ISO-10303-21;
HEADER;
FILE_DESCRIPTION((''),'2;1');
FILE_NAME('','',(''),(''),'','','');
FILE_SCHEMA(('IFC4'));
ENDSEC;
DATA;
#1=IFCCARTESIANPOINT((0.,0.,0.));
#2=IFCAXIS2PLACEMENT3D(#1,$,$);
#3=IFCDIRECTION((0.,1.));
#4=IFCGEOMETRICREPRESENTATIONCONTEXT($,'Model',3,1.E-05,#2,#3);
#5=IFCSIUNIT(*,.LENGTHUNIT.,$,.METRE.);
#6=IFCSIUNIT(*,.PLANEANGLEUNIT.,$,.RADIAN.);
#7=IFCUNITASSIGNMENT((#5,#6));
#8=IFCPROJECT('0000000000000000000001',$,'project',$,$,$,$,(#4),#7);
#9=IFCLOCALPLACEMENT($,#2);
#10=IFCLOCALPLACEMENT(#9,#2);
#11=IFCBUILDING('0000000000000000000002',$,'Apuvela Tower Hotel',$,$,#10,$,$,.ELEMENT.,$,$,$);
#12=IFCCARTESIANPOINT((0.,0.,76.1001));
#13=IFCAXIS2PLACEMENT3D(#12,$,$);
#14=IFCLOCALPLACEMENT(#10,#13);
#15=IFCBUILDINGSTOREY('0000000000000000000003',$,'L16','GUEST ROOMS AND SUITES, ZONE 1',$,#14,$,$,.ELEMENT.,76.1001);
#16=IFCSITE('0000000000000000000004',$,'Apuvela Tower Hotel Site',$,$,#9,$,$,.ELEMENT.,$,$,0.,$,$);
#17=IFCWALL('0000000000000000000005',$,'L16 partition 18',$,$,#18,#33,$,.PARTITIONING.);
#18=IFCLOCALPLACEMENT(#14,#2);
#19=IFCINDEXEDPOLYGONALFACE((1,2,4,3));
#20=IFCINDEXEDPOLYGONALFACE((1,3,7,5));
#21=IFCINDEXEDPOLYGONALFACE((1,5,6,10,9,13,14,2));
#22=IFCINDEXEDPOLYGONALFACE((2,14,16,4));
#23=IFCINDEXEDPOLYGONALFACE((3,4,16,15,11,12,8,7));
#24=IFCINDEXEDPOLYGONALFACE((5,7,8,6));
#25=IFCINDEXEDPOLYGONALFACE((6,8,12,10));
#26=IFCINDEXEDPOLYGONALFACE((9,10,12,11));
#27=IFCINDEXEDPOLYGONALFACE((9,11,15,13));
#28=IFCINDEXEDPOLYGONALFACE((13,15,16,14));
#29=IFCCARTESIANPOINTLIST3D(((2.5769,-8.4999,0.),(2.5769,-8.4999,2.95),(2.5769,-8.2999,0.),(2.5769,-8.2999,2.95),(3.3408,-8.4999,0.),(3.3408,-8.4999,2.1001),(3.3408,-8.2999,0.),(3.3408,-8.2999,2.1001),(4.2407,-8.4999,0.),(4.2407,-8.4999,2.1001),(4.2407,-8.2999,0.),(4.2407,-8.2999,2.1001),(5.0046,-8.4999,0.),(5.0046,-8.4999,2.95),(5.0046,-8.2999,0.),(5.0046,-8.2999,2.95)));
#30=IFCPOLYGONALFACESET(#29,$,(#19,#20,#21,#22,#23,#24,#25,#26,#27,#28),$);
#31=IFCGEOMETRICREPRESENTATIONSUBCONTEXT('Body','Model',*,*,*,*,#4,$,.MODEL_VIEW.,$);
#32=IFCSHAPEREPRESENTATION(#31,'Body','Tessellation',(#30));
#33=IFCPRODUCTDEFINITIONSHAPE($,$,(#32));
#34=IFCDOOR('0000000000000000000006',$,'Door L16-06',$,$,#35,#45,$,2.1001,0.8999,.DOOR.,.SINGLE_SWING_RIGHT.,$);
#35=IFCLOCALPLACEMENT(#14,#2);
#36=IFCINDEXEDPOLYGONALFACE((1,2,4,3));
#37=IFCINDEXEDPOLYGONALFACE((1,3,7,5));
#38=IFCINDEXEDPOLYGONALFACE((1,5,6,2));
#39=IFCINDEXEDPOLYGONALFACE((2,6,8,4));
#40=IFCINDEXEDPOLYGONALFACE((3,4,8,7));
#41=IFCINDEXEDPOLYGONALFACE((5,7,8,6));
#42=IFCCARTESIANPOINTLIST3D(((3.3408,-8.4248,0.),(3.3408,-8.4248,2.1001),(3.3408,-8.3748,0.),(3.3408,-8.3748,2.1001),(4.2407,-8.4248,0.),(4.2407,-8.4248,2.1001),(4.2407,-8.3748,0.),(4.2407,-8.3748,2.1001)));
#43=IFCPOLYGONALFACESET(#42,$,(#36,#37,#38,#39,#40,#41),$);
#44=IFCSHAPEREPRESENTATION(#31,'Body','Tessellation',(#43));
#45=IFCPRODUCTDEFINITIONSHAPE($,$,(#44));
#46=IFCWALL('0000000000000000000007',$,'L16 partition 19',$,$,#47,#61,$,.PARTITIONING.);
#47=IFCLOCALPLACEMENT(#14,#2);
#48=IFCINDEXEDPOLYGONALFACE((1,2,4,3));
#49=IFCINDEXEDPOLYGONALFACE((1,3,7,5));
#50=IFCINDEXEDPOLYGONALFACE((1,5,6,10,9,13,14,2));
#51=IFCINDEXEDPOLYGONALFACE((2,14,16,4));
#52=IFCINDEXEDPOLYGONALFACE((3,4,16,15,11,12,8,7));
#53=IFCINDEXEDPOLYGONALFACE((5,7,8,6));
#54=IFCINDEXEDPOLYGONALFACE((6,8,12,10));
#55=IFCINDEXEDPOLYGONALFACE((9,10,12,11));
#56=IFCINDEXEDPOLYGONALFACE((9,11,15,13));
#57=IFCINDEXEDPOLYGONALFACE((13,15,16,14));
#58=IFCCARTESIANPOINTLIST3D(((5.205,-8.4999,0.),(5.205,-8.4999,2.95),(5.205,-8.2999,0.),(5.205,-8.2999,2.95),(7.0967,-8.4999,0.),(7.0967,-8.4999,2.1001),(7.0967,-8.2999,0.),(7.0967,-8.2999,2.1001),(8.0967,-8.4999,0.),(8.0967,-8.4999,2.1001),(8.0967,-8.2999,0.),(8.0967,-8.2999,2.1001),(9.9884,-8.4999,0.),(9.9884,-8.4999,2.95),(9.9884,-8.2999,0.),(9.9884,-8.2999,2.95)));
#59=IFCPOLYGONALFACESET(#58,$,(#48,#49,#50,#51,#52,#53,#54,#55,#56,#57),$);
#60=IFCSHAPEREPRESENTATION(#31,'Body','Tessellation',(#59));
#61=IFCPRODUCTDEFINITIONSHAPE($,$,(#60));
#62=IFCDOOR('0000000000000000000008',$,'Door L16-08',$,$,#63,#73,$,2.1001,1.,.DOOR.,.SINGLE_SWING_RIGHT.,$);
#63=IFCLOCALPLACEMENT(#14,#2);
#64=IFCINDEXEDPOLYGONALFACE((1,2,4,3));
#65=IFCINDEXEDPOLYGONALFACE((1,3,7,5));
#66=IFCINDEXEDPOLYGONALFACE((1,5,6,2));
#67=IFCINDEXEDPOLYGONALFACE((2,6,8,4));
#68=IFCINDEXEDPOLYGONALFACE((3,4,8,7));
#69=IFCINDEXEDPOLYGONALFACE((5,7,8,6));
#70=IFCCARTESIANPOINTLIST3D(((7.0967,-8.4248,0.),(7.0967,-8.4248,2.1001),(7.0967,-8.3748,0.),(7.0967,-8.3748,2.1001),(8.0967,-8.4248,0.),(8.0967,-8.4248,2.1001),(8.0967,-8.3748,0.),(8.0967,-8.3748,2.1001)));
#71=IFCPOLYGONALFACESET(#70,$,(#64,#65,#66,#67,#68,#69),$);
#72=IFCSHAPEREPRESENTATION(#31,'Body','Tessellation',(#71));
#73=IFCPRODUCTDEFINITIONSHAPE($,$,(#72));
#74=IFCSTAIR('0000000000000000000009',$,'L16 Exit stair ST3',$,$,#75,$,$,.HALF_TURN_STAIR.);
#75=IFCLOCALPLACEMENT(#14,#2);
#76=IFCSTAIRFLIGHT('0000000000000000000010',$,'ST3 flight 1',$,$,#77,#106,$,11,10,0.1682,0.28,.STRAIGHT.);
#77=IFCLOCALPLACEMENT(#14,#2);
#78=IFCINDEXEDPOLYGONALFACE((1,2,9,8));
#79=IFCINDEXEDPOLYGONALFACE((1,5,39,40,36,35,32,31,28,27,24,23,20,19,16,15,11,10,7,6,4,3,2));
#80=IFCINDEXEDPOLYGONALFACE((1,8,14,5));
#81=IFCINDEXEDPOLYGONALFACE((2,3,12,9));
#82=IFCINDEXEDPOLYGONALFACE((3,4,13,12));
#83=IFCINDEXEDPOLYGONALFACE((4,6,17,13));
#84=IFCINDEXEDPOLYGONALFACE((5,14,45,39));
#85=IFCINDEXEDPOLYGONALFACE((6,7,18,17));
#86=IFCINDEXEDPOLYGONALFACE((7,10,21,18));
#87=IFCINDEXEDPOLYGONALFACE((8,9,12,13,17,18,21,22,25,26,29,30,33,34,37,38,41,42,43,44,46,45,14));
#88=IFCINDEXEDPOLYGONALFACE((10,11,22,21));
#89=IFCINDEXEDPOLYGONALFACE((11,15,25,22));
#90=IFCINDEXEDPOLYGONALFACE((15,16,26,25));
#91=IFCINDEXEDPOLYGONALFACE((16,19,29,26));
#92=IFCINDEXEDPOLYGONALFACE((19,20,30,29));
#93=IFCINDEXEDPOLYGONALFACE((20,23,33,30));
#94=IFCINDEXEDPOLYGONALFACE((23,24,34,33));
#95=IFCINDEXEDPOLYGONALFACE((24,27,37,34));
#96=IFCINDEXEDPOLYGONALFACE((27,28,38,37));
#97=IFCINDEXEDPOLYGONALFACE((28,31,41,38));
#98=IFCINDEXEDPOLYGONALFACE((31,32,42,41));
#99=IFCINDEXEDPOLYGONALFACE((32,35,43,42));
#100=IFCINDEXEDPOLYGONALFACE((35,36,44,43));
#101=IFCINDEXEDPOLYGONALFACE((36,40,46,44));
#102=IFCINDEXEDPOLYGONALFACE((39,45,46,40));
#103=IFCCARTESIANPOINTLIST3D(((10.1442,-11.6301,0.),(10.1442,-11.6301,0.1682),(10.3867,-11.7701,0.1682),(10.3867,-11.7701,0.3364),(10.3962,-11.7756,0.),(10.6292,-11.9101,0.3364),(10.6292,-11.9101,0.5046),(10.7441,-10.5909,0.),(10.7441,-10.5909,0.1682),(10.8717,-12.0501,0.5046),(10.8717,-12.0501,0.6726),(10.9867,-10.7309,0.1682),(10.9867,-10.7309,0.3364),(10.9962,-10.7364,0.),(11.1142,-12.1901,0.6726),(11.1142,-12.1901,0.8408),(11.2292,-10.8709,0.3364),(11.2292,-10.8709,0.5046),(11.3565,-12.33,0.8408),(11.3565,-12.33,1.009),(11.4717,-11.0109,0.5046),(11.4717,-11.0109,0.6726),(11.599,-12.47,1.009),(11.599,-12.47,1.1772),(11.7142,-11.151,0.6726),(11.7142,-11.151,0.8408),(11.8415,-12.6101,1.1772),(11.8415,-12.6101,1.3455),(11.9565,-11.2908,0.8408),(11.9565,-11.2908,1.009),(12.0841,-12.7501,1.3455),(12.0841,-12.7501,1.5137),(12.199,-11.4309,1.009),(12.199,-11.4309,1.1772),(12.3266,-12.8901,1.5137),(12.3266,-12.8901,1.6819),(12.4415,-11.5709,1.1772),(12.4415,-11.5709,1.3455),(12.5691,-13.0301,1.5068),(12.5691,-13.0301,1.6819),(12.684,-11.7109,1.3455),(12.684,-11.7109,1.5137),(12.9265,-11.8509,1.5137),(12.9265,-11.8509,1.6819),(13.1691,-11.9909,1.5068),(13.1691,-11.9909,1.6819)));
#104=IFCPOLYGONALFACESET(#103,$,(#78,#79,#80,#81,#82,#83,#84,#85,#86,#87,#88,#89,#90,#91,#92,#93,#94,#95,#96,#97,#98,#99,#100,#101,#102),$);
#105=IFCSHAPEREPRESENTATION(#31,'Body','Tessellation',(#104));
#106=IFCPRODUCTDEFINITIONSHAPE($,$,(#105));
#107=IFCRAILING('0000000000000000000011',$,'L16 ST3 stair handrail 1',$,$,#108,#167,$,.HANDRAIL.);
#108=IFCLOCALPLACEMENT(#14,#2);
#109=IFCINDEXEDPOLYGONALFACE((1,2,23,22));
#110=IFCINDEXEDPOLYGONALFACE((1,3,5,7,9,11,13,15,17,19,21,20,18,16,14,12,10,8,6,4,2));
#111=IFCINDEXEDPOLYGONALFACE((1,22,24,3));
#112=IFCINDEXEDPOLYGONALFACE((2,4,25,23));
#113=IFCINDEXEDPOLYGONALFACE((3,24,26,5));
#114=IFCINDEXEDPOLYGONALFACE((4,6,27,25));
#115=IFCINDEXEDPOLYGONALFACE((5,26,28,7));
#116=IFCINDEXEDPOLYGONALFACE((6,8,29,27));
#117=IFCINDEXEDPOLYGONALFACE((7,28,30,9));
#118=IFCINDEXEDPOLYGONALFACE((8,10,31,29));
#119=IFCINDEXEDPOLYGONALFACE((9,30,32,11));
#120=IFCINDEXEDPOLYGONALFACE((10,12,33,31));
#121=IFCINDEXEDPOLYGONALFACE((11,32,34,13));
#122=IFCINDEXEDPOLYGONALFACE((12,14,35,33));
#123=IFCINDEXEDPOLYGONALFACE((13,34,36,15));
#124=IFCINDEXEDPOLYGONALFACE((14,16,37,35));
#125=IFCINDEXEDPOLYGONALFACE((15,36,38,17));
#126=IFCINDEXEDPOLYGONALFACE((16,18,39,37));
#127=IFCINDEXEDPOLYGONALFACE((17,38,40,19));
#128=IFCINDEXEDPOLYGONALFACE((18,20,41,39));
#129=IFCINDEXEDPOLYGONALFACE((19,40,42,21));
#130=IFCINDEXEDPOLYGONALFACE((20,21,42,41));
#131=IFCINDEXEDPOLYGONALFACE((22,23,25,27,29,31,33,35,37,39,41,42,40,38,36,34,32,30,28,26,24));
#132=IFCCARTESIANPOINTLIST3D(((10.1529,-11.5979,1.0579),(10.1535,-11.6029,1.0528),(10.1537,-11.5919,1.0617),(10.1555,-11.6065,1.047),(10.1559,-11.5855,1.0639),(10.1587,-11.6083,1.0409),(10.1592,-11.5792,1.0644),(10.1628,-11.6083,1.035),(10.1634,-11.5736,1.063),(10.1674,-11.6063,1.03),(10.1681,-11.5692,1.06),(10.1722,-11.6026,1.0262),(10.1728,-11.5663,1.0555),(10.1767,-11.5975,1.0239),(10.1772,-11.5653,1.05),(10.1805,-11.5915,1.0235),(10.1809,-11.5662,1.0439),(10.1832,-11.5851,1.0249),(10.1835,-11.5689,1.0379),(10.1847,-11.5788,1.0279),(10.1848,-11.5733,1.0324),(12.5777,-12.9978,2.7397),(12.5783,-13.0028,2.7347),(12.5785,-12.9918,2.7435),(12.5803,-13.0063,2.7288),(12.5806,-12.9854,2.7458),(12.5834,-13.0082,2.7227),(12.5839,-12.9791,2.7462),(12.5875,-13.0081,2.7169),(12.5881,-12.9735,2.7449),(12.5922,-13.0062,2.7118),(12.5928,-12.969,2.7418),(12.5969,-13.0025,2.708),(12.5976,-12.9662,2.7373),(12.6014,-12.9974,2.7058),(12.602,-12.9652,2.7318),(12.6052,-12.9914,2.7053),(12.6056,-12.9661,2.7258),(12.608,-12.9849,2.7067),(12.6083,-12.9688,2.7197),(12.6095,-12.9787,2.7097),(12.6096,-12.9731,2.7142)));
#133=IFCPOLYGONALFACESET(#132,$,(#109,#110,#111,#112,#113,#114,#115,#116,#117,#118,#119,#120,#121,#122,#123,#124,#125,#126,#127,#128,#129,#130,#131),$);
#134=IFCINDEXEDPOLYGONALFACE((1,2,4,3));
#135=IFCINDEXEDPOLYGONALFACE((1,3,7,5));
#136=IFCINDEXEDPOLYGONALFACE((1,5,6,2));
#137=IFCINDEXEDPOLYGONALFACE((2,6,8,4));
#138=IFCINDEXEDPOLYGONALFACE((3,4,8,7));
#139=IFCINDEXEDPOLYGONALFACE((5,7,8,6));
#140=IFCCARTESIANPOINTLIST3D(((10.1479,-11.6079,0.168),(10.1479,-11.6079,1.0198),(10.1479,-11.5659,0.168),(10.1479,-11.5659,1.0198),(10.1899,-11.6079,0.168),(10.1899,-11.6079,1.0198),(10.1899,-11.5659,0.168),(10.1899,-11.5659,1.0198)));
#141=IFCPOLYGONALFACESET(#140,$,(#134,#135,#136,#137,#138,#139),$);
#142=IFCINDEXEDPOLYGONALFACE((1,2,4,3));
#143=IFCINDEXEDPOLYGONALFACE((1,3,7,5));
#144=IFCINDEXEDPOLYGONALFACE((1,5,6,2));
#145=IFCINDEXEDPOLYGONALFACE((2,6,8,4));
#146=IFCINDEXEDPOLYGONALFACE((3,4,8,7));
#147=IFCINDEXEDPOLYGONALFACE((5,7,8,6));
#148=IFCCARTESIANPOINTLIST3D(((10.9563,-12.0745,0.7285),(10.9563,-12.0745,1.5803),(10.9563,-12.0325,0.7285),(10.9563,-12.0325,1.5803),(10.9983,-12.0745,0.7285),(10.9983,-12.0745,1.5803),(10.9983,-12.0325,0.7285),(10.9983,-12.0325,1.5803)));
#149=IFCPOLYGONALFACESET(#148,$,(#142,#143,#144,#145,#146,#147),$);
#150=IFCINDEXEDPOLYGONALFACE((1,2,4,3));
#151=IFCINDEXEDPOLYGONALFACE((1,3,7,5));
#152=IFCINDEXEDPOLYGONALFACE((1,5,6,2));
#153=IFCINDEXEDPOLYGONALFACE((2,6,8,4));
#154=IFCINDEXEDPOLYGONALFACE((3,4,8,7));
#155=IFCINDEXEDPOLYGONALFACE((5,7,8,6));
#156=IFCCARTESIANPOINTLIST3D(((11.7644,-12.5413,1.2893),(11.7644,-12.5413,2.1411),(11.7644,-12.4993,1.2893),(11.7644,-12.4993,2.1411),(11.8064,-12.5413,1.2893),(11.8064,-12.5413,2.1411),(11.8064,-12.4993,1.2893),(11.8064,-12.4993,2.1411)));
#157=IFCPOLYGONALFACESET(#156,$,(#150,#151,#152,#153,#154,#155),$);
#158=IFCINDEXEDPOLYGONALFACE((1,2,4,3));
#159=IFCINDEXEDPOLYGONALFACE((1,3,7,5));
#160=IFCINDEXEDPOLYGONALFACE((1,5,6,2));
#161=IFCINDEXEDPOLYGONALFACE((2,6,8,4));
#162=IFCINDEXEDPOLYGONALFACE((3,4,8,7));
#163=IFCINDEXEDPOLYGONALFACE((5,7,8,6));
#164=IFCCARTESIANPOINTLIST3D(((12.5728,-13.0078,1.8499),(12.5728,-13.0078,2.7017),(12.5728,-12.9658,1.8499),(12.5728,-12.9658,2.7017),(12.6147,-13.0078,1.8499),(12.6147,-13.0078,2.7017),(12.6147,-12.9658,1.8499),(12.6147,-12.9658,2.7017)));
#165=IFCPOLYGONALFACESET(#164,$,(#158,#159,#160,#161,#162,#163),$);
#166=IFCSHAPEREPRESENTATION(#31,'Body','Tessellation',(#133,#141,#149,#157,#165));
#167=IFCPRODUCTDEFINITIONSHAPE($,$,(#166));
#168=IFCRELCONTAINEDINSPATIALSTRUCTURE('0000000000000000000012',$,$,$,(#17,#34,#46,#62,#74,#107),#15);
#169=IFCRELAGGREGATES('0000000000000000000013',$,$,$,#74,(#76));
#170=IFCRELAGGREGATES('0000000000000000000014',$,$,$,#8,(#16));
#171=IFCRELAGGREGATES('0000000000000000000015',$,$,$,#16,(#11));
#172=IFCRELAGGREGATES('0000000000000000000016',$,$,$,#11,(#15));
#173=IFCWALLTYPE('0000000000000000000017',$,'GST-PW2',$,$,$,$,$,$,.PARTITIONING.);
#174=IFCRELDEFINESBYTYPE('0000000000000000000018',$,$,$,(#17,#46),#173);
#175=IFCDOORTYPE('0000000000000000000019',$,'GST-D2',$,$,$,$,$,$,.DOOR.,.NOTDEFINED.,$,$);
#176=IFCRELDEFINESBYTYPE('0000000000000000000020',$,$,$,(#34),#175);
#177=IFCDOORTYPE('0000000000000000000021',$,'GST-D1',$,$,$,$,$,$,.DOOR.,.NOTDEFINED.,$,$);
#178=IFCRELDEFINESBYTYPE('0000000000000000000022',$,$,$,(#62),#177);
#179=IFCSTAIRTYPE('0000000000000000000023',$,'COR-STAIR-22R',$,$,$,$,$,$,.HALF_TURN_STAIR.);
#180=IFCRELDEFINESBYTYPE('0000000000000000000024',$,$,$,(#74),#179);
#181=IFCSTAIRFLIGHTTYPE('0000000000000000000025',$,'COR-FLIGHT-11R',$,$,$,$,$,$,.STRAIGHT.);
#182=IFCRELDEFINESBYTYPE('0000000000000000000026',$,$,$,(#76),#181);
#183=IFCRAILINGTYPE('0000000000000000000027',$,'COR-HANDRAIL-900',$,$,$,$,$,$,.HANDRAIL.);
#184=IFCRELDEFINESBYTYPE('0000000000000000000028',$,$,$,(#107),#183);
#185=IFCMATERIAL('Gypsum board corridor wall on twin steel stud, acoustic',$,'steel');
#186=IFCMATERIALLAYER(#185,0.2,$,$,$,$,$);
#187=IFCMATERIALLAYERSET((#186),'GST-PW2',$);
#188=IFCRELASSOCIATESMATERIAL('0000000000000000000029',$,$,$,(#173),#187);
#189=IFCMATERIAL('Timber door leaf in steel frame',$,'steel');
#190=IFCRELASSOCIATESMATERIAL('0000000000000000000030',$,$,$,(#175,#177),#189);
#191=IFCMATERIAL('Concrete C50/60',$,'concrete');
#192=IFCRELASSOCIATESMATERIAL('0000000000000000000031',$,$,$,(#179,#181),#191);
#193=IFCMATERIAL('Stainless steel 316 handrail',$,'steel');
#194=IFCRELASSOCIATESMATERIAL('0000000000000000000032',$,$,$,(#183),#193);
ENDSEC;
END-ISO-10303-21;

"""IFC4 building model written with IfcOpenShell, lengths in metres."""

from ifc_helpers import new_model, si_unit, direction, frame, frame_2d, origin, origin_2d, place, context, subcontext, project, spatial, polyline, rectangle, circle, outline, extrude, material, layer, layer_set, type_object, element, fill, aggregate, save


model = new_model("IFC4")

# Units and contexts
model_context = context("Model", 3, precision=1e-05, world=origin(), true_north=direction((0.0, 1.0)))
body_context = subcontext(model_context, "Body", "Model", "MODEL_VIEW")
ifc_project = project(units=[si_unit("LENGTHUNIT", "METRE"), si_unit("PLANEANGLEUNIT", "RADIAN")], contexts=[model_context])

# Site, building, storey
site_placement = place(None, origin())
site = spatial("IfcSite", under=ifc_project, at=site_placement, Name="Apuvela Tower Hotel Site", CompositionType="ELEMENT", RefElevation=0.0)
building_placement = place(site_placement, origin())
building = spatial("IfcBuilding", under=site, at=building_placement, Name="Apuvela Tower Hotel", CompositionType="ELEMENT")
storey_placement = place(building_placement, frame((0.0, 0.0, 76.1001)))
storey = spatial("IfcBuildingStorey", under=building, at=storey_placement, Name="L16", Description="GUEST ROOMS AND SUITES, ZONE 1", CompositionType="ELEMENT", Elevation=76.1001)

# Shared definitions
ifc_material_1 = material(Name="Concrete C50/60", Category="concrete")

# Walls, openings, doors
ifc_material_2 = material(Name="Gypsum board corridor wall on twin steel stud, acoustic", Category="steel")
ifc_layer_1 = layer(ifc_material_2, 0.2)
ifc_layer_set_1 = layer_set([ifc_layer_1], Name="GST-PW2")
wall_type_1 = type_object("IfcWallType", Name="GST-PW2", PredefinedType="PARTITIONING", material=ifc_layer_set_1)
ifc_material_3 = material(Name="Timber door leaf in steel frame", Category="steel")
door_type_1 = type_object("IfcDoorType", Name="GST-D2", OperationType="NOTDEFINED", PredefinedType="DOOR", material=ifc_material_3)
wall_1_placement = place(storey_placement, frame((5.0046, -8.3999, 0.0), z_axis=(0.0, 0.0, 1.0), x_axis=(-1.0, 0.0, 0.0)))
wall_1 = element("IfcWall", 1, at=wall_1_placement, inside=storey, type_object=wall_type_1, Name="L16 partition 18", PredefinedType="PARTITIONING", context=body_context, shape_type="SweptSolid", body=[
    extrude(rectangle(XDim=2.4277, YDim=0.2, at=frame_2d((1.2139, 0.0))), origin(), (0.0, 0.0, 1.0), 2.95),
])
opening_1_placement = place(wall_1_placement, frame((0.7639, 0.0, 0.0)))
opening_1 = element("IfcOpeningElement", 2, at=opening_1_placement, cuts=wall_1, PredefinedType="OPENING", context=body_context, shape_type="SweptSolid", body=[
    extrude(rectangle(XDim=0.8999, YDim=2.1001, at=frame_2d((0.45, 1.05))), frame((0.0, 0.1099, 0.0), z_axis=(0.0, -1.0, 0.0), x_axis=(1.0, 0.0, 0.0)), (0.0, 0.0, 1.0), 0.22),
])
door_1_placement = place(opening_1_placement, origin())
door_1 = element("IfcDoor", 3, at=door_1_placement, inside=storey, type_object=door_type_1, Name="Door L16-06", OperationType="SINGLE_SWING_RIGHT", OverallHeight=2.1001, OverallWidth=0.8999, PredefinedType="DOOR", context=body_context, shape_type="SweptSolid", body=[
    extrude(rectangle(XDim=0.8999, YDim=2.1001, at=frame_2d((0.45, 1.05))), frame((0.0, 0.0249, 0.0), z_axis=(0.0, -1.0, 0.0), x_axis=(1.0, 0.0, 0.0)), (0.0, 0.0, 1.0), 0.05),
])
fill(opening_1, door_1)
wall_2_placement = place(storey_placement, frame((9.9883, -8.3999, 0.0), z_axis=(0.0, 0.0, 1.0), x_axis=(-1.0, 0.0, 0.0)))
wall_2 = element("IfcWall", 4, at=wall_2_placement, inside=storey, type_object=wall_type_1, Name="L16 partition 19", PredefinedType="PARTITIONING", context=body_context, shape_type="SweptSolid", body=[
    extrude(rectangle(XDim=4.7834, YDim=0.2, at=frame_2d((2.3916, 0.0))), origin(), (0.0, 0.0, 1.0), 2.95),
])
opening_2_placement = place(wall_2_placement, frame((1.8916, 0.0, 0.0)))
opening_2 = element("IfcOpeningElement", 5, at=opening_2_placement, cuts=wall_2, PredefinedType="OPENING", context=body_context, shape_type="SweptSolid", body=[
    extrude(rectangle(XDim=1.0, YDim=2.1001, at=frame_2d((0.5, 1.05))), frame((0.0, 0.1099, 0.0), z_axis=(0.0, -1.0, 0.0), x_axis=(1.0, 0.0, 0.0)), (0.0, 0.0, 1.0), 0.22),
])
door_type_2 = type_object("IfcDoorType", Name="GST-D1", OperationType="NOTDEFINED", PredefinedType="DOOR", material=ifc_material_3)
door_2_placement = place(opening_2_placement, origin())
door_2 = element("IfcDoor", 6, at=door_2_placement, inside=storey, type_object=door_type_2, Name="Door L16-08", OperationType="SINGLE_SWING_RIGHT", OverallHeight=2.1001, OverallWidth=1.0, PredefinedType="DOOR", context=body_context, shape_type="SweptSolid", body=[
    extrude(rectangle(XDim=1.0, YDim=2.1001, at=frame_2d((0.5, 1.05))), frame((0.0, 0.0249, 0.0), z_axis=(0.0, -1.0, 0.0), x_axis=(1.0, 0.0, 0.0)), (0.0, 0.0, 1.0), 0.05),
])
fill(opening_2, door_2)

# Stair, stair flight
stair_type = type_object("IfcStairType", Name="COR-STAIR-22R", PredefinedType="HALF_TURN_STAIR", material=ifc_material_1)
stair_placement = place(storey_placement, origin())
stair = element("IfcStair", 7, at=stair_placement, inside=storey, type_object=stair_type, Name="L16 Exit stair ST3", PredefinedType="HALF_TURN_STAIR")
stair_flight_type = type_object("IfcStairFlightType", Name="COR-FLIGHT-11R", PredefinedType="STRAIGHT", material=ifc_material_1)
stair_flight_placement = place(storey_placement, frame((10.4441, -11.1106, 0.0), z_axis=(0.0, 0.0, 1.0), x_axis=(0.866025, -0.5, 0.0)))
stair_flight = element("IfcStairFlight", 8, at=stair_flight_placement, type_object=stair_flight_type, Name="ST3 flight 1", NumberOfRisers=11, NumberOfTreads=10, PredefinedType="STRAIGHT", RiserHeight=0.1682, TreadLength=0.28, context=body_context, shape_type="SweptSolid", body=[
    extrude(outline(polyline([(0.0, 0.0), (0.0, 0.1682), (0.28, 0.1682), (0.28, 0.3364), (0.5601, 0.3364), (0.5601, 0.5046), (0.8401, 0.5046), (0.8401, 0.6726), (1.1201, 0.6726), (1.1201, 0.8408), (1.3999, 0.8408), (1.3999, 1.009), (1.6799, 1.009), (1.6799, 1.1772), (1.96, 1.1772), (1.96, 1.3455), (2.24, 1.3455), (2.24, 1.5137), (2.52, 1.5137), (2.52, 1.6819), (2.8, 1.6819), (2.8, 1.8501), (2.8, 1.5068), (0.291, 0.0), (0.0, 0.0)])), frame((0.0, 0.6001, 0.0), z_axis=(0.0, -1.0, 0.0), x_axis=(1.0, 0.0, 0.0)), (0.0, 0.0, 1.0), 1.2),
])
aggregate(stair, [stair_flight])

# Railing
ifc_material_4 = material(Name="Stainless steel 316 handrail", Category="steel")
railing_type_1 = type_object("IfcRailingType", Name="COR-HANDRAIL-900", PredefinedType="HANDRAIL", material=ifc_material_4)
railing_1_placement = place(storey_placement, frame((10.1689, -11.5869, 0.168)))
element("IfcRailing", 9, at=railing_1_placement, inside=storey, type_object=railing_type_1, Name="L16 ST3 stair handrail 1", PredefinedType="HANDRAIL", context=body_context, shape_type="SweptSolid", body=[
    extrude(circle(Radius=0.0239, at=origin_2d()), frame((0.0, 0.0, 0.876), z_axis=(0.74239, -0.428601, 0.514934), x_axis=(0.499984, 0.866035, 0.0)), (0.0, 0.0, 1.0), 3.2661),
    extrude(rectangle(XDim=0.042, YDim=0.042, at=origin_2d()), origin(), (0.0, 0.0, 1.0), 0.8518),
    extrude(rectangle(XDim=0.042, YDim=0.042, at=origin_2d()), frame((0.8083, -0.4666, 0.5605)), (0.0, 0.0, 1.0), 0.8518),
    extrude(rectangle(XDim=0.042, YDim=0.042, at=origin_2d()), frame((1.6165, -0.9333, 1.1213)), (0.0, 0.0, 1.0), 0.8518),
    extrude(rectangle(XDim=0.042, YDim=0.042, at=origin_2d()), frame((2.4248, -1.3999, 1.6819)), (0.0, 0.0, 1.0), 0.8518),
])

save(model, "model.ifc")
